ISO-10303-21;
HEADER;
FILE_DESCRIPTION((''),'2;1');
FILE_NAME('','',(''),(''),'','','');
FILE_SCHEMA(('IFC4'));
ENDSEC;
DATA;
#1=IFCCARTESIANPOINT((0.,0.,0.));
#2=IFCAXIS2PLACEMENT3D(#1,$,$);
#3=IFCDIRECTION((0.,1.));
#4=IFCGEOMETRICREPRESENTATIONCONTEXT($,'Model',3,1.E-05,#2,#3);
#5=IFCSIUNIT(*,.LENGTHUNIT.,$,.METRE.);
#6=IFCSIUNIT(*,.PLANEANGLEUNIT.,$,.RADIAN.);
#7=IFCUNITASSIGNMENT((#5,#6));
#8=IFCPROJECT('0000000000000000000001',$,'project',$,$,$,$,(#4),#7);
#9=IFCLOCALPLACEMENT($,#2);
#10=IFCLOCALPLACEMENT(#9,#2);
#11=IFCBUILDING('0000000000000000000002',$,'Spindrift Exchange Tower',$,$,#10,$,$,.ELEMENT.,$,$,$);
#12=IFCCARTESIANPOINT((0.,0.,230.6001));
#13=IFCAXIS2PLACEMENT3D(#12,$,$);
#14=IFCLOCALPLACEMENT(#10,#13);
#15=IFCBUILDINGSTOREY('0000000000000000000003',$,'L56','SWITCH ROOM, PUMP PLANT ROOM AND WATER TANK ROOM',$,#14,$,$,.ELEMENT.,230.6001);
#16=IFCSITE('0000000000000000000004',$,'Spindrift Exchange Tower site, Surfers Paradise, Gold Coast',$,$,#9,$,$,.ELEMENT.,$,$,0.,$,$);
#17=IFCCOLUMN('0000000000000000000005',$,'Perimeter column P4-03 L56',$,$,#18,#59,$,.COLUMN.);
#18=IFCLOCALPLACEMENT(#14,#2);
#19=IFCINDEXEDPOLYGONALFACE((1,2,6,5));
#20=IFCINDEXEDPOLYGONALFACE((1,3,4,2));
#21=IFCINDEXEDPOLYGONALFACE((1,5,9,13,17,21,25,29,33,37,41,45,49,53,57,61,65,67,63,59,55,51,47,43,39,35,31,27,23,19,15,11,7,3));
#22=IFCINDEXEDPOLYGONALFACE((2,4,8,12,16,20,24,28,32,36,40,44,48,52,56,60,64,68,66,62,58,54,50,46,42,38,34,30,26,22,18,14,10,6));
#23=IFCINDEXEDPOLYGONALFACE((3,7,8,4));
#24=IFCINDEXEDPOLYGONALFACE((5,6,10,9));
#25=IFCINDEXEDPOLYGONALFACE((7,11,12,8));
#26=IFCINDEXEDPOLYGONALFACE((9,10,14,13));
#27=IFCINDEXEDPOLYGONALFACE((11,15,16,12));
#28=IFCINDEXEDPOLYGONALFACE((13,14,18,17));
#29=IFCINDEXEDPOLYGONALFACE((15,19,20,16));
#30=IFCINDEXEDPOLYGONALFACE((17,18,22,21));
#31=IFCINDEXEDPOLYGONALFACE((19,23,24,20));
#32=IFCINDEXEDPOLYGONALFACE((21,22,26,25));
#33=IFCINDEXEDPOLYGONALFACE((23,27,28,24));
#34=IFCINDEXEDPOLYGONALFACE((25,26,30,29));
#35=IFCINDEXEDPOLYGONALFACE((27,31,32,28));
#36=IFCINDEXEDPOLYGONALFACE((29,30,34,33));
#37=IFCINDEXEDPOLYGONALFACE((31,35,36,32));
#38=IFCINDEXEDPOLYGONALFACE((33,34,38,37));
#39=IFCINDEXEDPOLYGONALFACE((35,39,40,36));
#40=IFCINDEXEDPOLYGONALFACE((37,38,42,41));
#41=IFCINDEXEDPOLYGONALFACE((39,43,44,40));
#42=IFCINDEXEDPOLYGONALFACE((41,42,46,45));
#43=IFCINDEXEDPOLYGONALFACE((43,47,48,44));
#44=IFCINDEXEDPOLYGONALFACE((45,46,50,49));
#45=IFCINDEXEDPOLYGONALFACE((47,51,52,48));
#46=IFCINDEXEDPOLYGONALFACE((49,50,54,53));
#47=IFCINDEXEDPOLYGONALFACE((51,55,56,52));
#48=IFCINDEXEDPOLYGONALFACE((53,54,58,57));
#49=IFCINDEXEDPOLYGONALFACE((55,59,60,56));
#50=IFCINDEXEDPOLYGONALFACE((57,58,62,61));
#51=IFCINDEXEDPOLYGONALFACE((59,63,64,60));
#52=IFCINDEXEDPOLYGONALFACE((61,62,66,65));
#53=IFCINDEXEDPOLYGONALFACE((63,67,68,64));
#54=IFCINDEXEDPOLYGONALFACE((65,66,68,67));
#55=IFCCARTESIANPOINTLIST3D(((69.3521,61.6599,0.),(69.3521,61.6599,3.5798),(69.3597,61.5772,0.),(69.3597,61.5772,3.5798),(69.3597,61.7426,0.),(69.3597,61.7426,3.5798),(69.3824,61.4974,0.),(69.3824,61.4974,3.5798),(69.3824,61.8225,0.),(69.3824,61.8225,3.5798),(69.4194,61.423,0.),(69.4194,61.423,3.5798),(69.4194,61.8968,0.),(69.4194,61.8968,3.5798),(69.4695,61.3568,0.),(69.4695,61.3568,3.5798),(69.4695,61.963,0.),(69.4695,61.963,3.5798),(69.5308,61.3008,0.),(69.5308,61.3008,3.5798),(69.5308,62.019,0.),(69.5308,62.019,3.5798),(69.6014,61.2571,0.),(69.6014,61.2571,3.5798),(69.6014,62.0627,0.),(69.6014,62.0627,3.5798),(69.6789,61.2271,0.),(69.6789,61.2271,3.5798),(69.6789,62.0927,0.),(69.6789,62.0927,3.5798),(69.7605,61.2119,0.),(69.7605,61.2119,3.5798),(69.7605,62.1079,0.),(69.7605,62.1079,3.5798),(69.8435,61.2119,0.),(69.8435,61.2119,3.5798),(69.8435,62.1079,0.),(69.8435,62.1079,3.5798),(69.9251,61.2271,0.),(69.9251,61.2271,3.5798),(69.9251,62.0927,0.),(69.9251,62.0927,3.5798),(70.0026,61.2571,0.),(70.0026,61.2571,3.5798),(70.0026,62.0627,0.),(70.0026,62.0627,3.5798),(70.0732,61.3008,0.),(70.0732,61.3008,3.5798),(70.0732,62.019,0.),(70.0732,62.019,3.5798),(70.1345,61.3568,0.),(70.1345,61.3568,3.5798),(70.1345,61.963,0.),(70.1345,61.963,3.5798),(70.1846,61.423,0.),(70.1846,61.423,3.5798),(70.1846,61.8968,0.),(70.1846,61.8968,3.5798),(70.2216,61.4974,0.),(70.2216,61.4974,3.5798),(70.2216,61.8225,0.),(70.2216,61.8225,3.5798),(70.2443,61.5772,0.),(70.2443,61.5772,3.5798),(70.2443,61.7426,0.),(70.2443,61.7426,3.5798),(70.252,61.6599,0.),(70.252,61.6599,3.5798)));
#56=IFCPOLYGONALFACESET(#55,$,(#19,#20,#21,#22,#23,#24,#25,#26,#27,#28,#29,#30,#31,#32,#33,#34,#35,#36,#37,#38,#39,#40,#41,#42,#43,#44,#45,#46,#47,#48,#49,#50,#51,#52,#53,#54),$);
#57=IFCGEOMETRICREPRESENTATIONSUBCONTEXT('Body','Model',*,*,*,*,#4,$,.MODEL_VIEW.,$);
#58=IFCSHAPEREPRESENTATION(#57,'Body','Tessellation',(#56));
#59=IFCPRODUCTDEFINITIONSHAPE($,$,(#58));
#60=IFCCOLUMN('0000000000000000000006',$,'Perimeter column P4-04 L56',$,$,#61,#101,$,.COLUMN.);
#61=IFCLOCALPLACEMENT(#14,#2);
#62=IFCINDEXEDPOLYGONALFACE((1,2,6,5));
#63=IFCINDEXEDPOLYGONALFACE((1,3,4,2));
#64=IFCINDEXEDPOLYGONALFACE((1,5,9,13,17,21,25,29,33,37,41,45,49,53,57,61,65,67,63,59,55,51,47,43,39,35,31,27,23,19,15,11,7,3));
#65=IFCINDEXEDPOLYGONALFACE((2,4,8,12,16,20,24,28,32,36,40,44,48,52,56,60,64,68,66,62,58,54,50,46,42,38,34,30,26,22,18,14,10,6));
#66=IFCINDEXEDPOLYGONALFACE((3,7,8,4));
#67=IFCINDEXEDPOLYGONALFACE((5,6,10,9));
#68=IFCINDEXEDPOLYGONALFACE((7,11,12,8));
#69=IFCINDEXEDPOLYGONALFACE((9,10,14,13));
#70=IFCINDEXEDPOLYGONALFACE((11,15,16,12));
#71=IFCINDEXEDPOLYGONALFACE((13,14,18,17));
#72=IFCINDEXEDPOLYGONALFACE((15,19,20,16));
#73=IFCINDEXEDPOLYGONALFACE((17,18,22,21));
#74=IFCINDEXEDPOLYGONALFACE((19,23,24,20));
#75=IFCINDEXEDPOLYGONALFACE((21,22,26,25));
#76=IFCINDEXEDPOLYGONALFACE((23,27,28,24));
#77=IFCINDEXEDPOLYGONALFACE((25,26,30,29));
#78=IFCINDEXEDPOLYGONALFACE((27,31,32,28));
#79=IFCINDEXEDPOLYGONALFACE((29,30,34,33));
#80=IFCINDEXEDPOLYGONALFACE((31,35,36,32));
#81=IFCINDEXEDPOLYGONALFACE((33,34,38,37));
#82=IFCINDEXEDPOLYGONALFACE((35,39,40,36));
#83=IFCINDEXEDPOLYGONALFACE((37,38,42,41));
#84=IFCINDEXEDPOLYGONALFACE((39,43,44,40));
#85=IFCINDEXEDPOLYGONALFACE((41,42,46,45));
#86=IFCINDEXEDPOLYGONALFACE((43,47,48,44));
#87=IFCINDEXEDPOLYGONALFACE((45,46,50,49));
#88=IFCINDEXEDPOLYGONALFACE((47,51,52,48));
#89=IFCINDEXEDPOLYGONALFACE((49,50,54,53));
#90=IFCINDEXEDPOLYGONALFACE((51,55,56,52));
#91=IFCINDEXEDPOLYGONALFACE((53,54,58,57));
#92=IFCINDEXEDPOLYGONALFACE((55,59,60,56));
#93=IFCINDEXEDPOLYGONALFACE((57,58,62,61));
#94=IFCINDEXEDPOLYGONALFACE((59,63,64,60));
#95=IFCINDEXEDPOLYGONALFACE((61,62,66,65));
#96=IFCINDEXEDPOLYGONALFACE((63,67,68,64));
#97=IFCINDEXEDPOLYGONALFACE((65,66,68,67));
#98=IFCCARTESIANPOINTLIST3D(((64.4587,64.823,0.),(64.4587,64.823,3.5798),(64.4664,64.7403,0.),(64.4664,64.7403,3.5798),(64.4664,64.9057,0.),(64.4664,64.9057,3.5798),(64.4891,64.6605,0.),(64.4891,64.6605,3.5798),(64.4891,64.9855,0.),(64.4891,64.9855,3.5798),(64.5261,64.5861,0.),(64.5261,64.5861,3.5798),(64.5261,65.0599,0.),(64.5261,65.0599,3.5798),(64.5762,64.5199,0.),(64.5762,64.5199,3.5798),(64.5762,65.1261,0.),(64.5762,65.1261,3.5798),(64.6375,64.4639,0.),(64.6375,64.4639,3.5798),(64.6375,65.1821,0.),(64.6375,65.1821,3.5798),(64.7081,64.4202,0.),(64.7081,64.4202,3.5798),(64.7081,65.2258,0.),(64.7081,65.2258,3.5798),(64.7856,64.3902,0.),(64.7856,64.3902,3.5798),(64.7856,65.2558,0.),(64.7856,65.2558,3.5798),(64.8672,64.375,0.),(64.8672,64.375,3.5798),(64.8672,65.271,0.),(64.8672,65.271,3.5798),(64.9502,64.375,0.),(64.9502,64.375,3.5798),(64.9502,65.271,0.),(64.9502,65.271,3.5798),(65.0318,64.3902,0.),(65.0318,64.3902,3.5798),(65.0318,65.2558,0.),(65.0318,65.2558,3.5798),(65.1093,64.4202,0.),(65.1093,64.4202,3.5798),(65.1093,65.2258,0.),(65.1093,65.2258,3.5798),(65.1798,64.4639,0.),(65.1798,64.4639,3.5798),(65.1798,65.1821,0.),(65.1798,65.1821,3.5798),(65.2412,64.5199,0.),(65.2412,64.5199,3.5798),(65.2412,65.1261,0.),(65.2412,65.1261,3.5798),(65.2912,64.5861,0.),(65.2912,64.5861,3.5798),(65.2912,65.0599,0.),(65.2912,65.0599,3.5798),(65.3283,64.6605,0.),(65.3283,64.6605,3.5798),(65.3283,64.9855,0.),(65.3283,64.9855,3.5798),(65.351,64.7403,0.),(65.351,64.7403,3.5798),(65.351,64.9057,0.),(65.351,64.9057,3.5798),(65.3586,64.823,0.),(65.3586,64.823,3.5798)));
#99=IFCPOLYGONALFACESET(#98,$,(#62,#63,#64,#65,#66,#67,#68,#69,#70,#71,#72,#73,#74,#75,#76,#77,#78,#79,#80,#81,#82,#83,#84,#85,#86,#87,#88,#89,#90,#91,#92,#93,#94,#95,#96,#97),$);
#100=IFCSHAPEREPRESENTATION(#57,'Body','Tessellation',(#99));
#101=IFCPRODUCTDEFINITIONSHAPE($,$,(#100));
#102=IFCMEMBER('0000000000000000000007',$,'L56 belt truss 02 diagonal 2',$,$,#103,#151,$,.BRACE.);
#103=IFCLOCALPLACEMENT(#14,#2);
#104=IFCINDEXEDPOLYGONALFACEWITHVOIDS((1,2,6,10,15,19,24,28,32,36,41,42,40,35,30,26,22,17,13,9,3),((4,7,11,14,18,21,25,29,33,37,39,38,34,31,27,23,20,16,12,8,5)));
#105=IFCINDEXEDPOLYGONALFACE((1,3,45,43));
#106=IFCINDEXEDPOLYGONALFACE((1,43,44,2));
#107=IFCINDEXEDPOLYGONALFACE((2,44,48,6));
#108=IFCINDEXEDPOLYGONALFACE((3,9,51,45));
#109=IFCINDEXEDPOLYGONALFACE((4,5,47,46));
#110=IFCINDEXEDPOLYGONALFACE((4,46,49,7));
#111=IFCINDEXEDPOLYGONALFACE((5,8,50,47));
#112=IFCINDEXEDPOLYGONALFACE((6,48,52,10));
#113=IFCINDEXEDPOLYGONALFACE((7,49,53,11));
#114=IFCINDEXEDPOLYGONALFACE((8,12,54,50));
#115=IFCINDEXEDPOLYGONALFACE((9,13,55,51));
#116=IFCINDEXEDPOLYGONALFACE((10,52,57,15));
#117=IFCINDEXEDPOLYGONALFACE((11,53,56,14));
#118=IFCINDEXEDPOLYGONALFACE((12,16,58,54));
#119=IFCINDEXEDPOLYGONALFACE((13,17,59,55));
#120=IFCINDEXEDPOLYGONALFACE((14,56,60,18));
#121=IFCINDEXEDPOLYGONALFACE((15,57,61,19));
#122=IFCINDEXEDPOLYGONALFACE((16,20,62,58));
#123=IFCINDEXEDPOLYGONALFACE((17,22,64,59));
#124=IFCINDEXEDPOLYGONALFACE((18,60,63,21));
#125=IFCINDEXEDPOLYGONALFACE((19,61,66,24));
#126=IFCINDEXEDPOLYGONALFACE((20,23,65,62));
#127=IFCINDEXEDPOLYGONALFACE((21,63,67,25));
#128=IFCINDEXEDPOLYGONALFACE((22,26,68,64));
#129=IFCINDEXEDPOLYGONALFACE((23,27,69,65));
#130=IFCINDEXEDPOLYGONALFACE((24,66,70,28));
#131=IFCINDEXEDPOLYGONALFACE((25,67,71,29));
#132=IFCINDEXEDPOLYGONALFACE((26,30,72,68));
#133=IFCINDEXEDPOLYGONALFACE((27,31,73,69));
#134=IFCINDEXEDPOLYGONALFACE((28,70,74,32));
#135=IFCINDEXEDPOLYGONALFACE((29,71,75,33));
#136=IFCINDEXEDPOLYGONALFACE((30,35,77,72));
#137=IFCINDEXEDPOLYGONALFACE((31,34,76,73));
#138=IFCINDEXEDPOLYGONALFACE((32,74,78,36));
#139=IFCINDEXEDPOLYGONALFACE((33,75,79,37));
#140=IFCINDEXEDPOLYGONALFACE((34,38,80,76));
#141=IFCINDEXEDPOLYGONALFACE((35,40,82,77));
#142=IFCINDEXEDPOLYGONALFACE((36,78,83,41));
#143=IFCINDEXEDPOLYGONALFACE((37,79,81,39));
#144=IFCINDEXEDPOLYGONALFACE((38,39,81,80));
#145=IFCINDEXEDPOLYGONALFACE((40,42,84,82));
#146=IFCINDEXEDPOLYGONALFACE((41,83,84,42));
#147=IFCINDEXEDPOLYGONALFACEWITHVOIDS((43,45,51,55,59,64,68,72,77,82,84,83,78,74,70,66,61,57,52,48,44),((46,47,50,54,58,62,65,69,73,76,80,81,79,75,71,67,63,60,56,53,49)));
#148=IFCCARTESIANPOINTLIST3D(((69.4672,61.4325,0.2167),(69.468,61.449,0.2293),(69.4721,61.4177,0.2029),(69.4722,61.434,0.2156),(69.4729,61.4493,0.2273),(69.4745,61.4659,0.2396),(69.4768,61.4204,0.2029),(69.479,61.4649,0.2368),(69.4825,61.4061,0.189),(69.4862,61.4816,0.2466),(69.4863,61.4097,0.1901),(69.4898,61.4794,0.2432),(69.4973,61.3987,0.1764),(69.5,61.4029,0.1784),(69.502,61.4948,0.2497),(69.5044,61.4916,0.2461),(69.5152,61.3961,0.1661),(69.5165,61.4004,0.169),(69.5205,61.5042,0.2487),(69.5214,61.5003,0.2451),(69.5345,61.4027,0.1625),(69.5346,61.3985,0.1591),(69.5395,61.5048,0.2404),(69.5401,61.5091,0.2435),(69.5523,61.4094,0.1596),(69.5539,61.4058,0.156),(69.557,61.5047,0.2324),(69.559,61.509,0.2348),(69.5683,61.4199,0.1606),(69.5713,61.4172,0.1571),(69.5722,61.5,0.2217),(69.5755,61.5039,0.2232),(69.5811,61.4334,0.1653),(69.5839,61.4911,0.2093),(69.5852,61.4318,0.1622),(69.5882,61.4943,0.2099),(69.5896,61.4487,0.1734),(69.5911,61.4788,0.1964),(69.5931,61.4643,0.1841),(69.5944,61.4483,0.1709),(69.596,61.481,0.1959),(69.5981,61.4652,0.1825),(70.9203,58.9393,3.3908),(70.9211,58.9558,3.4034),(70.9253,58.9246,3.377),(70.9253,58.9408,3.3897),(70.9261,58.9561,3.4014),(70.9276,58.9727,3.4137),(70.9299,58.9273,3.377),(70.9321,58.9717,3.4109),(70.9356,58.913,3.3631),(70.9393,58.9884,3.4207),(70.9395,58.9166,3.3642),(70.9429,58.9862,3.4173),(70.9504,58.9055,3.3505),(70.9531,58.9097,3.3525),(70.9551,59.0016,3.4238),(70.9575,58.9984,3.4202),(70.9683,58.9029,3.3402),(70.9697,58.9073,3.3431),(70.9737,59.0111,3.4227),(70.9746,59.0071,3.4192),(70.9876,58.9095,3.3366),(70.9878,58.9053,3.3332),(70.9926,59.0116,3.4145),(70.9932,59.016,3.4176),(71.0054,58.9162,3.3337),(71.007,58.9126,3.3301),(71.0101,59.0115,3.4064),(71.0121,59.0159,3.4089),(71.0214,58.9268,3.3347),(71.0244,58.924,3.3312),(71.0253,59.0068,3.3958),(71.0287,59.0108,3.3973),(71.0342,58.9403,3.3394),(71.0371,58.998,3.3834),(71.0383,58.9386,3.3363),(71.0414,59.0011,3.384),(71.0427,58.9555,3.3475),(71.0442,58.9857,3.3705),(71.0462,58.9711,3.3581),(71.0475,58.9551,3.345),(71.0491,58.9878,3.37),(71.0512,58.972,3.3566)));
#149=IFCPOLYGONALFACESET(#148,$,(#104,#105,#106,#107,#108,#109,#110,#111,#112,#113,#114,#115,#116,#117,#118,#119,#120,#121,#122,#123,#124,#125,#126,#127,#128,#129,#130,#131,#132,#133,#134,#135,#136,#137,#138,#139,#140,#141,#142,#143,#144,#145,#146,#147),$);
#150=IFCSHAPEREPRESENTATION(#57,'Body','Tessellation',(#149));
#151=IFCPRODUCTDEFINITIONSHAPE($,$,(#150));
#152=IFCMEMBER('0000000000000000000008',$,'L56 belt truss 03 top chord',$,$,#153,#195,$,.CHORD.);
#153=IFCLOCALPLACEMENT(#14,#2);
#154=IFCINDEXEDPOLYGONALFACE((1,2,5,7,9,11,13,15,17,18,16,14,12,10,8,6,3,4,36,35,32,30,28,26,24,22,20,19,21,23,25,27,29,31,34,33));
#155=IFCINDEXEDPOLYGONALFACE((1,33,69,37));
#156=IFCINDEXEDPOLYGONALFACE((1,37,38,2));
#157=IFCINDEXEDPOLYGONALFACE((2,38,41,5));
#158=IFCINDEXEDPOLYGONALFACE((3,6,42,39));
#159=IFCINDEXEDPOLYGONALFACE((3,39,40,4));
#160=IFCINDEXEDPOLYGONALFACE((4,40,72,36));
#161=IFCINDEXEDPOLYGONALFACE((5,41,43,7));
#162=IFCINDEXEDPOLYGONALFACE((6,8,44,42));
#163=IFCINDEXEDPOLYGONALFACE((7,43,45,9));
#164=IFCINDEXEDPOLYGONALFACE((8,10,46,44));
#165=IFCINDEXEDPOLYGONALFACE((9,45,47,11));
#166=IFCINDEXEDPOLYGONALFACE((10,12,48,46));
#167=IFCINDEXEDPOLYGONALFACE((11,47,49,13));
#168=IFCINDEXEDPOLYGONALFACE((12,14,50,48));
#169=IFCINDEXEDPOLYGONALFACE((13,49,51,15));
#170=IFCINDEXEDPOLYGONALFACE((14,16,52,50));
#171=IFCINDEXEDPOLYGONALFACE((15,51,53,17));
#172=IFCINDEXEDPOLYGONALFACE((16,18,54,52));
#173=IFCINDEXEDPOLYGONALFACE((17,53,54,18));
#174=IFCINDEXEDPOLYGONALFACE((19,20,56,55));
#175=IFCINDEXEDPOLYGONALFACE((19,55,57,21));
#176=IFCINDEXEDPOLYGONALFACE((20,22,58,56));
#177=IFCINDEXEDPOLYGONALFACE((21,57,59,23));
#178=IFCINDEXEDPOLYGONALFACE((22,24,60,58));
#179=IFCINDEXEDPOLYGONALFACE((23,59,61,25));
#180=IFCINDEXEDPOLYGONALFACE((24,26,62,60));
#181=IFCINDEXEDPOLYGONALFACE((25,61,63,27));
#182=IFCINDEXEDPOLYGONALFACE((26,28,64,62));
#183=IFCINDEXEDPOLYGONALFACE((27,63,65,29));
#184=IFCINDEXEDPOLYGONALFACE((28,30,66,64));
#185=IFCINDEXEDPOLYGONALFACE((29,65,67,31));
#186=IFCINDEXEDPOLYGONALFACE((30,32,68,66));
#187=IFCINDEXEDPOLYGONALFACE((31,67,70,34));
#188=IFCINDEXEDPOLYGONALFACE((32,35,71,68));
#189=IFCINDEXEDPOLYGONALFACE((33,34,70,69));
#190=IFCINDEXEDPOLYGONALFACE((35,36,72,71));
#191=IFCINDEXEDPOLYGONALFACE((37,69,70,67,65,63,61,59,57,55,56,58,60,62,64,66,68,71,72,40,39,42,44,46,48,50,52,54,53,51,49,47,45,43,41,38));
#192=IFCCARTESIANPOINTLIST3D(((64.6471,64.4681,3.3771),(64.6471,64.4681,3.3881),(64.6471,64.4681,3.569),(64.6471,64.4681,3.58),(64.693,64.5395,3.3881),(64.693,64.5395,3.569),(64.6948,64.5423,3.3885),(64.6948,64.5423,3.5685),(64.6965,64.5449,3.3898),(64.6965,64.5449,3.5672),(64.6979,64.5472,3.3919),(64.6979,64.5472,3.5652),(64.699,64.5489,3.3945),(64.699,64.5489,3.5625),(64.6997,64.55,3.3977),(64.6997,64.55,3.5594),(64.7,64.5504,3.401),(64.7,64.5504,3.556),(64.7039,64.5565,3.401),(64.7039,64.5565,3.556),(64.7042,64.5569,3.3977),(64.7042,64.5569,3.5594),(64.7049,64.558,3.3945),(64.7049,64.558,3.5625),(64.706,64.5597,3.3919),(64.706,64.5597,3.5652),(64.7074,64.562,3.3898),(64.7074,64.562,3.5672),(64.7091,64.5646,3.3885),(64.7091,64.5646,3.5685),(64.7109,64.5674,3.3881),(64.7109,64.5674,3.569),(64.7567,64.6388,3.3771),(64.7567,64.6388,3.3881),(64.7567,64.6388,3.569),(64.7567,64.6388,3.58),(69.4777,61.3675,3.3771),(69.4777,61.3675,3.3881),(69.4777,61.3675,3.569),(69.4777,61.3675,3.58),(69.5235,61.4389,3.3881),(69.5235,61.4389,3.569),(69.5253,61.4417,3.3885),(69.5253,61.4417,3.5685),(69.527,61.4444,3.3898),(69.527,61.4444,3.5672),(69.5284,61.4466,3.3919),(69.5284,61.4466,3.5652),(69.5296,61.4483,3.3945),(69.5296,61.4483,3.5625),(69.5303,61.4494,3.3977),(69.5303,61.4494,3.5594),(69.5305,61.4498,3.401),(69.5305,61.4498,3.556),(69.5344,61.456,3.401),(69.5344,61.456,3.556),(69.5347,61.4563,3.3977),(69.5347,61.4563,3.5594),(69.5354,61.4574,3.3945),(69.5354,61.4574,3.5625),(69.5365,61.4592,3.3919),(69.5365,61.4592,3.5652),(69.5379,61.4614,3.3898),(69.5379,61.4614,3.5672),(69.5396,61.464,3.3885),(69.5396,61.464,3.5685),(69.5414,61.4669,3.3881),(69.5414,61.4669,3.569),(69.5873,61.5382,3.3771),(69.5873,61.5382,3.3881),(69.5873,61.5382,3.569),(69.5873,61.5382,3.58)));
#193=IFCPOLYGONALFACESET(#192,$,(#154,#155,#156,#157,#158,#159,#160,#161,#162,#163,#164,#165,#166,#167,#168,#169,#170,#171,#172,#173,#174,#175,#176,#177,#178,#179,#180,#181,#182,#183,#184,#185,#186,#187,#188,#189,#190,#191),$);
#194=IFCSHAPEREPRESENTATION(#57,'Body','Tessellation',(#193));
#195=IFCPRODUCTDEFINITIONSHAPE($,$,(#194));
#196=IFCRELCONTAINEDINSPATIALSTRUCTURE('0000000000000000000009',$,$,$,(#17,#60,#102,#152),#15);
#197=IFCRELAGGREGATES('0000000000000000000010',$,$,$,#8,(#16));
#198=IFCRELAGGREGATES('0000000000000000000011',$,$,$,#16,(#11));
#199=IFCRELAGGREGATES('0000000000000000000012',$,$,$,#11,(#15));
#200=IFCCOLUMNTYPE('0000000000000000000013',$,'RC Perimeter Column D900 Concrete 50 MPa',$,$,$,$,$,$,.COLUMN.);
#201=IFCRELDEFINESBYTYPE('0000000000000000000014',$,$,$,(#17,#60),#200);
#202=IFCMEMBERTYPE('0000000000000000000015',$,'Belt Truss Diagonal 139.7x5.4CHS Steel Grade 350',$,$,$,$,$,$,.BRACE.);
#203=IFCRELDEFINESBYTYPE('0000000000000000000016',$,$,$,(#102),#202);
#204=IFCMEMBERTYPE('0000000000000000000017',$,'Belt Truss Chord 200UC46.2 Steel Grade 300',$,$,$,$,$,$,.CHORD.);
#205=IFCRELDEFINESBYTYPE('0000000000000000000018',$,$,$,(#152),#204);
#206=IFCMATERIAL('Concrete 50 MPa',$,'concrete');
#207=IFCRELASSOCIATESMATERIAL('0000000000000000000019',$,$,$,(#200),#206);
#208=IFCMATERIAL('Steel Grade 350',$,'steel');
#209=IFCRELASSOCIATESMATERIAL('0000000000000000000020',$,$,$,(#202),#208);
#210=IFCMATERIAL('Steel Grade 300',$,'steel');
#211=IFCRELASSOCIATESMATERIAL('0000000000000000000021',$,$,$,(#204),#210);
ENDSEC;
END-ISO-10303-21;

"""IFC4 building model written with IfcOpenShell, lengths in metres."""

from ifc_helpers import new_model, si_unit, direction, frame, origin, origin_2d, place, context, subcontext, project, spatial, circle, hollow_circle, i_section, extrude, source, transform, mapped, material, material_profile, profile_set, type_object, element, save


model = new_model("IFC4")

# Units and contexts
model_context = context("Model", 3, precision=1e-05, world=origin(), true_north=direction((0.0, 1.0)))
body_context = subcontext(model_context, "Body", "Model", "MODEL_VIEW")
ifc_project = project(units=[si_unit("LENGTHUNIT", "METRE"), si_unit("PLANEANGLEUNIT", "RADIAN")], contexts=[model_context])

# Site, building, storey
site_placement = place(None, origin())
site = spatial("IfcSite", under=ifc_project, at=site_placement, Name="Spindrift Exchange Tower site, Surfers Paradise, Gold Coast", CompositionType="ELEMENT", RefElevation=0.0)
building_placement = place(site_placement, origin())
building = spatial("IfcBuilding", under=site, at=building_placement, Name="Spindrift Exchange Tower", CompositionType="ELEMENT")
storey_placement = place(building_placement, frame((0.0, 0.0, 230.6001)))
storey = spatial("IfcBuildingStorey", under=building, at=storey_placement, Name="L56", Description="SWITCH ROOM, PUMP PLANT ROOM AND WATER TANK ROOM", CompositionType="ELEMENT", Elevation=230.6001)

# Columns
ifc_material_1 = material(Name="Concrete 50 MPa", Category="concrete")
ifc_material_profile_1 = material_profile(ifc_material_1, circle(Radius=0.45, at=origin_2d()), Name="RC D900")
ifc_profile_set_1 = profile_set([ifc_material_profile_1], Name="Concrete 50 MPa")
column_type = type_object("IfcColumnType", Name="RC Perimeter Column D900 Concrete 50 MPa", PredefinedType="COLUMN", material=ifc_profile_set_1)
shared_shape_1 = source(origin(), body_context, "Body", "SweptSolid", [
    extrude(circle(Radius=0.45, at=origin_2d()), origin(), (0.0, 0.0, 1.0), 3.5798),
])
for number, where, z_axis, x_axis, name in (
    (1, (69.802, 61.6599, 0.0), (0.0, 0.0, 1.0), (1.0, 0.0, 0.0), "Perimeter column P4-03 L56"),
    (2, (64.9087, 64.823, 0.0), (0.0, 0.0, 1.0), (1.0, 0.0, 0.0), "Perimeter column P4-04 L56"),
):
    element("IfcColumn", number, at=place(storey_placement, frame(where, z_axis=z_axis, x_axis=x_axis)), inside=storey, type_object=column_type, Name=name, PredefinedType="COLUMN", context=body_context, shape_type="MappedRepresentation", body=[
        mapped(shared_shape_1, transform((0.0, 0.0, 0.0), scale=1.0)),
    ])

# Members
ifc_material_2 = material(Name="Steel Grade 350", Category="steel")
ifc_material_profile_2 = material_profile(ifc_material_2, hollow_circle(Radius=0.0698, WallThickness=0.0054, at=origin_2d()), Name="139.7x5.4CHS")
ifc_profile_set_2 = profile_set([ifc_material_profile_2], Name="Steel Grade 350")
member_type_1 = type_object("IfcMemberType", Name="Belt Truss Diagonal 139.7x5.4CHS Steel Grade 350", PredefinedType="BRACE", material=ifc_profile_set_2)
shared_shape_2 = source(origin(), body_context, "Body", "SweptSolid", [
    extrude(hollow_circle(Radius=0.0698, WallThickness=0.0054, at=origin_2d()), origin(), (0.0, 0.0, 1.0), 4.2898),
])
member_1_placement = place(storey_placement, frame((70.9856, 58.9597, 3.377), z_axis=(-0.338742, 0.581188, -0.739916), x_axis=(-0.863963, -0.503555, 0.0)))
element("IfcMember", 3, at=member_1_placement, inside=storey, type_object=member_type_1, Name="L56 belt truss 02 diagonal 2", PredefinedType="BRACE", context=body_context, shape_type="MappedRepresentation", body=[
    mapped(shared_shape_2, transform((0.0, 0.0, 0.0), scale=1.0)),
])
ifc_material_3 = material(Name="Steel Grade 300", Category="steel")
ifc_material_profile_3 = material_profile(ifc_material_3, i_section(OverallWidth=0.2029, OverallDepth=0.2029, WebThickness=0.0073, FlangeThickness=0.011, FilletRadius=0.0129, at=origin_2d()), Name="200UC46.2")
ifc_profile_set_3 = profile_set([ifc_material_profile_3], Name="Steel Grade 300")
member_type_2 = type_object("IfcMemberType", Name="Belt Truss Chord 200UC46.2 Steel Grade 300", PredefinedType="CHORD", material=ifc_profile_set_3)
shared_shape_3 = source(origin(), body_context, "Body", "SweptSolid", [
    extrude(i_section(OverallWidth=0.2029, OverallDepth=0.2029, WebThickness=0.0073, FlangeThickness=0.011, FilletRadius=0.0129, at=origin_2d()), origin(), (0.0, 0.0, 1.0), 5.74),
])
for number, where, z_axis, x_axis, name in (
    (4, (69.5325, 61.4529, 3.4785), (-0.841557, 0.540168, 0.0), (-0.540168, -0.841557, 0.0), "L56 belt truss 03 top chord"),
):
    element("IfcMember", number, at=place(storey_placement, frame(where, z_axis=z_axis, x_axis=x_axis)), inside=storey, type_object=member_type_2, Name=name, PredefinedType="CHORD", context=body_context, shape_type="MappedRepresentation", body=[
        mapped(shared_shape_3, transform((0.0, 0.0, 0.0), scale=1.0)),
    ])

save(model, "model.ifc")
